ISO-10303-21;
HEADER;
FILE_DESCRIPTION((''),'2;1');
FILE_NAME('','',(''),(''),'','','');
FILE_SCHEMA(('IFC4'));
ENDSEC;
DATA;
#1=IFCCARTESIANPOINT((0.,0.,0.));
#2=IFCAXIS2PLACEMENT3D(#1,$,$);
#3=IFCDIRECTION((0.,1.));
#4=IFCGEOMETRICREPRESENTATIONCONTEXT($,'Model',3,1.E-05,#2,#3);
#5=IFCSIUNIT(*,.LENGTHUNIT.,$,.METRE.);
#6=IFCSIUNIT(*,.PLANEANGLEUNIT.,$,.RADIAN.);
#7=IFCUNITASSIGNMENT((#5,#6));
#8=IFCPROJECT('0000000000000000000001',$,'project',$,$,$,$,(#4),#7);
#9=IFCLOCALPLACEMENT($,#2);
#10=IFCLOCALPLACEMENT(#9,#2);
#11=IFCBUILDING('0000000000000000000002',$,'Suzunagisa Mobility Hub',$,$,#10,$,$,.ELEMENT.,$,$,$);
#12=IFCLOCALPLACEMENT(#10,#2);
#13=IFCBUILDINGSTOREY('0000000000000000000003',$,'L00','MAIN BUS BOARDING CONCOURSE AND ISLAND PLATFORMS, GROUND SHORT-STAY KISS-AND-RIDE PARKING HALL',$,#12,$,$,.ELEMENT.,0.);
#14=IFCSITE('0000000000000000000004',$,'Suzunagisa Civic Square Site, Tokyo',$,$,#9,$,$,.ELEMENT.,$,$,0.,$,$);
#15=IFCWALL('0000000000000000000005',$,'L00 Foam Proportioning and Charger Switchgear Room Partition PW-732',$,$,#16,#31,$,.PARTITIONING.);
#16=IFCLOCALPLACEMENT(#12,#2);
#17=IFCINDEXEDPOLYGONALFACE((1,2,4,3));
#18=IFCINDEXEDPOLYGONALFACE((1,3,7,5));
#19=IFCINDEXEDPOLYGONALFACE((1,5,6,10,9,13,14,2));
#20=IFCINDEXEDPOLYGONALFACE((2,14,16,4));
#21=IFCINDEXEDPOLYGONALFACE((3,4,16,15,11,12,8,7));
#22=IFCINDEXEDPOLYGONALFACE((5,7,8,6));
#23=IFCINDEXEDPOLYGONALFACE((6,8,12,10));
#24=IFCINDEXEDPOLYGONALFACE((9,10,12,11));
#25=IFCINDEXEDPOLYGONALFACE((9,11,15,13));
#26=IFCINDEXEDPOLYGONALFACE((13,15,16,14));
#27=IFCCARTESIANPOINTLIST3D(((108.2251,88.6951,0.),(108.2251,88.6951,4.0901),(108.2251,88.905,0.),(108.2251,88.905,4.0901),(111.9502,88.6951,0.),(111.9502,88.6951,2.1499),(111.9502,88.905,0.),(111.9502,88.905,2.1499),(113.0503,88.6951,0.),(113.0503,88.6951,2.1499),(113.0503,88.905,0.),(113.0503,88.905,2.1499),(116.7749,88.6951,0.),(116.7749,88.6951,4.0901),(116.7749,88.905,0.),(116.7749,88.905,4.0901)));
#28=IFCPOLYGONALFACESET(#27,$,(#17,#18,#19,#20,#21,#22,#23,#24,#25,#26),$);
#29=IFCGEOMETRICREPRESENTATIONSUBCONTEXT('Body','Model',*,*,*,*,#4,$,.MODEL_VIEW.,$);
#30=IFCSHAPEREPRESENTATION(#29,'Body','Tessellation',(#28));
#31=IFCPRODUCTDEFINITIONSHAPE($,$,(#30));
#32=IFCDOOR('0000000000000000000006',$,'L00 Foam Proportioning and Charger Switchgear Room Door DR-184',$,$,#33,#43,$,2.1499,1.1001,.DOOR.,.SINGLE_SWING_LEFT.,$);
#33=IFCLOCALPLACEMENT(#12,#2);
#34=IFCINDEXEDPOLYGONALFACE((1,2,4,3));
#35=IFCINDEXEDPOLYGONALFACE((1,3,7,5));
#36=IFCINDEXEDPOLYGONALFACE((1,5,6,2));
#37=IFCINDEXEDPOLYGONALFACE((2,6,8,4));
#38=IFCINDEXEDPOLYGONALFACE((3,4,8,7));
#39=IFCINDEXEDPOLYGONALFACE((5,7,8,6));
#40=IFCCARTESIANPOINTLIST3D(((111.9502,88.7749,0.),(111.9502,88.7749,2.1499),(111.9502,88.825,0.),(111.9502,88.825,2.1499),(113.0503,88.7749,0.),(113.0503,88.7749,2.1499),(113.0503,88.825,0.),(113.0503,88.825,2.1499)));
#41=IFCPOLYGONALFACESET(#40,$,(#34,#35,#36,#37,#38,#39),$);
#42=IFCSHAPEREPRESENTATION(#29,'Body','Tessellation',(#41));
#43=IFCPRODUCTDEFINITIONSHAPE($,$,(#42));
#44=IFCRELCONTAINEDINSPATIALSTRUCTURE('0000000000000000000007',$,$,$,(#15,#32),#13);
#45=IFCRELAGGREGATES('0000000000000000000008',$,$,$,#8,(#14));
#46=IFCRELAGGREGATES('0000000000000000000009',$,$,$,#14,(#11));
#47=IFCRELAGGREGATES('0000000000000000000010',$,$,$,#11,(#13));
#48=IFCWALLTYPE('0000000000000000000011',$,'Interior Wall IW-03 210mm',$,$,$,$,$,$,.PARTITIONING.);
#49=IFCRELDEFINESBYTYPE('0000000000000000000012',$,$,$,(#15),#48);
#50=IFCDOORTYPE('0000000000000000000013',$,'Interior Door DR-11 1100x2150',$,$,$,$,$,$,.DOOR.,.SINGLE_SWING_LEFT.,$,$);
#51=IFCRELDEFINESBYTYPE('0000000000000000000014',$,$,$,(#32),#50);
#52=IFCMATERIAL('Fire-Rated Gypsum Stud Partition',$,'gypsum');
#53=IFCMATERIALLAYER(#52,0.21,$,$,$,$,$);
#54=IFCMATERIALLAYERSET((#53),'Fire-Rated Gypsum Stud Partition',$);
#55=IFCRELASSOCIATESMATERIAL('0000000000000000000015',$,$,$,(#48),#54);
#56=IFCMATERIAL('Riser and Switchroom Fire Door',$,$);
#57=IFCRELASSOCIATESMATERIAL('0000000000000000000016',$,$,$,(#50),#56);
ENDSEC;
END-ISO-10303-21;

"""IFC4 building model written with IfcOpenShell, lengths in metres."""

from ifc_helpers import new_model, si_unit, direction, frame, frame_2d, origin, place, context, subcontext, project, spatial, rectangle, extrude, material, layer, layer_set, type_object, element, fill, save


model = new_model("IFC4")

# Units and contexts
model_context = context("Model", 3, precision=1e-05, world=origin(), true_north=direction((0.0, 1.0)))
body_context = subcontext(model_context, "Body", "Model", "MODEL_VIEW")
ifc_project = project(units=[si_unit("LENGTHUNIT", "METRE"), si_unit("PLANEANGLEUNIT", "RADIAN")], contexts=[model_context])

# Site, building, storey
site_placement = place(None, origin())
site = spatial("IfcSite", under=ifc_project, at=site_placement, Name="Suzunagisa Civic Square Site, Tokyo", CompositionType="ELEMENT", RefElevation=0.0)
building_placement = place(site_placement, origin())
building = spatial("IfcBuilding", under=site, at=building_placement, Name="Suzunagisa Mobility Hub", CompositionType="ELEMENT")
storey_placement = place(building_placement, origin())
storey = spatial("IfcBuildingStorey", under=building, at=storey_placement, Name="L00", Description="MAIN BUS BOARDING CONCOURSE AND ISLAND PLATFORMS, GROUND SHORT-STAY KISS-AND-RIDE PARKING HALL", CompositionType="ELEMENT", Elevation=0.0)

# Shared definitions
ifc_material_1 = material(Name="Fire-Rated Gypsum Stud Partition", Category="gypsum")
ifc_layer_1 = layer(ifc_material_1, 0.21)
ifc_layer_set_1 = layer_set([ifc_layer_1], Name="Fire-Rated Gypsum Stud Partition")
wall_type = type_object("IfcWallType", Name="Interior Wall IW-03 210mm", PredefinedType="PARTITIONING", material=ifc_layer_set_1)

# Wall, opening, door
wall_1_placement = place(storey_placement, frame((108.2251, 88.8, 0.0), z_axis=(0.0, 0.0, 1.0), x_axis=(1.0, 0.0, 0.0)))
wall_1 = element("IfcWall", 1, at=wall_1_placement, inside=storey, type_object=wall_type, Name="L00 Foam Proportioning and Charger Switchgear Room Partition PW-732", PredefinedType="PARTITIONING", context=body_context, shape_type="SweptSolid", body=[
    extrude(rectangle(XDim=8.5498, YDim=0.21, at=frame_2d((4.2749, 0.0))), origin(), (0.0, 0.0, 1.0), 4.0901),
])
opening_placement = place(wall_1_placement, frame((3.7251, 0.0, 0.0)))
opening = element("IfcOpeningElement", 2, at=opening_placement, cuts=wall_1, PredefinedType="OPENING", context=body_context, shape_type="SweptSolid", body=[
    extrude(rectangle(XDim=1.1001, YDim=2.1499, at=frame_2d((0.55, 1.075))), frame((0.0, 0.116, 0.0), z_axis=(0.0, -1.0, 0.0), x_axis=(1.0, 0.0, 0.0)), (0.0, 0.0, 1.0), 0.2319),
])
ifc_material_2 = material(Name="Riser and Switchroom Fire Door")
door_type = type_object("IfcDoorType", Name="Interior Door DR-11 1100x2150", OperationType="SINGLE_SWING_LEFT", PredefinedType="DOOR", material=ifc_material_2)
door_placement = place(opening_placement, origin())
door = element("IfcDoor", 3, at=door_placement, inside=storey, type_object=door_type, Name="L00 Foam Proportioning and Charger Switchgear Room Door DR-184", OperationType="SINGLE_SWING_LEFT", OverallHeight=2.1499, OverallWidth=1.1001, PredefinedType="DOOR", context=body_context, shape_type="SweptSolid", body=[
    extrude(rectangle(XDim=1.1001, YDim=2.1499, at=frame_2d((0.55, 1.075))), frame((0.0, 0.0249, 0.0), z_axis=(0.0, -1.0, 0.0), x_axis=(1.0, 0.0, 0.0)), (0.0, 0.0, 1.0), 0.05),
])
fill(opening, door)

save(model, "model.ifc")
